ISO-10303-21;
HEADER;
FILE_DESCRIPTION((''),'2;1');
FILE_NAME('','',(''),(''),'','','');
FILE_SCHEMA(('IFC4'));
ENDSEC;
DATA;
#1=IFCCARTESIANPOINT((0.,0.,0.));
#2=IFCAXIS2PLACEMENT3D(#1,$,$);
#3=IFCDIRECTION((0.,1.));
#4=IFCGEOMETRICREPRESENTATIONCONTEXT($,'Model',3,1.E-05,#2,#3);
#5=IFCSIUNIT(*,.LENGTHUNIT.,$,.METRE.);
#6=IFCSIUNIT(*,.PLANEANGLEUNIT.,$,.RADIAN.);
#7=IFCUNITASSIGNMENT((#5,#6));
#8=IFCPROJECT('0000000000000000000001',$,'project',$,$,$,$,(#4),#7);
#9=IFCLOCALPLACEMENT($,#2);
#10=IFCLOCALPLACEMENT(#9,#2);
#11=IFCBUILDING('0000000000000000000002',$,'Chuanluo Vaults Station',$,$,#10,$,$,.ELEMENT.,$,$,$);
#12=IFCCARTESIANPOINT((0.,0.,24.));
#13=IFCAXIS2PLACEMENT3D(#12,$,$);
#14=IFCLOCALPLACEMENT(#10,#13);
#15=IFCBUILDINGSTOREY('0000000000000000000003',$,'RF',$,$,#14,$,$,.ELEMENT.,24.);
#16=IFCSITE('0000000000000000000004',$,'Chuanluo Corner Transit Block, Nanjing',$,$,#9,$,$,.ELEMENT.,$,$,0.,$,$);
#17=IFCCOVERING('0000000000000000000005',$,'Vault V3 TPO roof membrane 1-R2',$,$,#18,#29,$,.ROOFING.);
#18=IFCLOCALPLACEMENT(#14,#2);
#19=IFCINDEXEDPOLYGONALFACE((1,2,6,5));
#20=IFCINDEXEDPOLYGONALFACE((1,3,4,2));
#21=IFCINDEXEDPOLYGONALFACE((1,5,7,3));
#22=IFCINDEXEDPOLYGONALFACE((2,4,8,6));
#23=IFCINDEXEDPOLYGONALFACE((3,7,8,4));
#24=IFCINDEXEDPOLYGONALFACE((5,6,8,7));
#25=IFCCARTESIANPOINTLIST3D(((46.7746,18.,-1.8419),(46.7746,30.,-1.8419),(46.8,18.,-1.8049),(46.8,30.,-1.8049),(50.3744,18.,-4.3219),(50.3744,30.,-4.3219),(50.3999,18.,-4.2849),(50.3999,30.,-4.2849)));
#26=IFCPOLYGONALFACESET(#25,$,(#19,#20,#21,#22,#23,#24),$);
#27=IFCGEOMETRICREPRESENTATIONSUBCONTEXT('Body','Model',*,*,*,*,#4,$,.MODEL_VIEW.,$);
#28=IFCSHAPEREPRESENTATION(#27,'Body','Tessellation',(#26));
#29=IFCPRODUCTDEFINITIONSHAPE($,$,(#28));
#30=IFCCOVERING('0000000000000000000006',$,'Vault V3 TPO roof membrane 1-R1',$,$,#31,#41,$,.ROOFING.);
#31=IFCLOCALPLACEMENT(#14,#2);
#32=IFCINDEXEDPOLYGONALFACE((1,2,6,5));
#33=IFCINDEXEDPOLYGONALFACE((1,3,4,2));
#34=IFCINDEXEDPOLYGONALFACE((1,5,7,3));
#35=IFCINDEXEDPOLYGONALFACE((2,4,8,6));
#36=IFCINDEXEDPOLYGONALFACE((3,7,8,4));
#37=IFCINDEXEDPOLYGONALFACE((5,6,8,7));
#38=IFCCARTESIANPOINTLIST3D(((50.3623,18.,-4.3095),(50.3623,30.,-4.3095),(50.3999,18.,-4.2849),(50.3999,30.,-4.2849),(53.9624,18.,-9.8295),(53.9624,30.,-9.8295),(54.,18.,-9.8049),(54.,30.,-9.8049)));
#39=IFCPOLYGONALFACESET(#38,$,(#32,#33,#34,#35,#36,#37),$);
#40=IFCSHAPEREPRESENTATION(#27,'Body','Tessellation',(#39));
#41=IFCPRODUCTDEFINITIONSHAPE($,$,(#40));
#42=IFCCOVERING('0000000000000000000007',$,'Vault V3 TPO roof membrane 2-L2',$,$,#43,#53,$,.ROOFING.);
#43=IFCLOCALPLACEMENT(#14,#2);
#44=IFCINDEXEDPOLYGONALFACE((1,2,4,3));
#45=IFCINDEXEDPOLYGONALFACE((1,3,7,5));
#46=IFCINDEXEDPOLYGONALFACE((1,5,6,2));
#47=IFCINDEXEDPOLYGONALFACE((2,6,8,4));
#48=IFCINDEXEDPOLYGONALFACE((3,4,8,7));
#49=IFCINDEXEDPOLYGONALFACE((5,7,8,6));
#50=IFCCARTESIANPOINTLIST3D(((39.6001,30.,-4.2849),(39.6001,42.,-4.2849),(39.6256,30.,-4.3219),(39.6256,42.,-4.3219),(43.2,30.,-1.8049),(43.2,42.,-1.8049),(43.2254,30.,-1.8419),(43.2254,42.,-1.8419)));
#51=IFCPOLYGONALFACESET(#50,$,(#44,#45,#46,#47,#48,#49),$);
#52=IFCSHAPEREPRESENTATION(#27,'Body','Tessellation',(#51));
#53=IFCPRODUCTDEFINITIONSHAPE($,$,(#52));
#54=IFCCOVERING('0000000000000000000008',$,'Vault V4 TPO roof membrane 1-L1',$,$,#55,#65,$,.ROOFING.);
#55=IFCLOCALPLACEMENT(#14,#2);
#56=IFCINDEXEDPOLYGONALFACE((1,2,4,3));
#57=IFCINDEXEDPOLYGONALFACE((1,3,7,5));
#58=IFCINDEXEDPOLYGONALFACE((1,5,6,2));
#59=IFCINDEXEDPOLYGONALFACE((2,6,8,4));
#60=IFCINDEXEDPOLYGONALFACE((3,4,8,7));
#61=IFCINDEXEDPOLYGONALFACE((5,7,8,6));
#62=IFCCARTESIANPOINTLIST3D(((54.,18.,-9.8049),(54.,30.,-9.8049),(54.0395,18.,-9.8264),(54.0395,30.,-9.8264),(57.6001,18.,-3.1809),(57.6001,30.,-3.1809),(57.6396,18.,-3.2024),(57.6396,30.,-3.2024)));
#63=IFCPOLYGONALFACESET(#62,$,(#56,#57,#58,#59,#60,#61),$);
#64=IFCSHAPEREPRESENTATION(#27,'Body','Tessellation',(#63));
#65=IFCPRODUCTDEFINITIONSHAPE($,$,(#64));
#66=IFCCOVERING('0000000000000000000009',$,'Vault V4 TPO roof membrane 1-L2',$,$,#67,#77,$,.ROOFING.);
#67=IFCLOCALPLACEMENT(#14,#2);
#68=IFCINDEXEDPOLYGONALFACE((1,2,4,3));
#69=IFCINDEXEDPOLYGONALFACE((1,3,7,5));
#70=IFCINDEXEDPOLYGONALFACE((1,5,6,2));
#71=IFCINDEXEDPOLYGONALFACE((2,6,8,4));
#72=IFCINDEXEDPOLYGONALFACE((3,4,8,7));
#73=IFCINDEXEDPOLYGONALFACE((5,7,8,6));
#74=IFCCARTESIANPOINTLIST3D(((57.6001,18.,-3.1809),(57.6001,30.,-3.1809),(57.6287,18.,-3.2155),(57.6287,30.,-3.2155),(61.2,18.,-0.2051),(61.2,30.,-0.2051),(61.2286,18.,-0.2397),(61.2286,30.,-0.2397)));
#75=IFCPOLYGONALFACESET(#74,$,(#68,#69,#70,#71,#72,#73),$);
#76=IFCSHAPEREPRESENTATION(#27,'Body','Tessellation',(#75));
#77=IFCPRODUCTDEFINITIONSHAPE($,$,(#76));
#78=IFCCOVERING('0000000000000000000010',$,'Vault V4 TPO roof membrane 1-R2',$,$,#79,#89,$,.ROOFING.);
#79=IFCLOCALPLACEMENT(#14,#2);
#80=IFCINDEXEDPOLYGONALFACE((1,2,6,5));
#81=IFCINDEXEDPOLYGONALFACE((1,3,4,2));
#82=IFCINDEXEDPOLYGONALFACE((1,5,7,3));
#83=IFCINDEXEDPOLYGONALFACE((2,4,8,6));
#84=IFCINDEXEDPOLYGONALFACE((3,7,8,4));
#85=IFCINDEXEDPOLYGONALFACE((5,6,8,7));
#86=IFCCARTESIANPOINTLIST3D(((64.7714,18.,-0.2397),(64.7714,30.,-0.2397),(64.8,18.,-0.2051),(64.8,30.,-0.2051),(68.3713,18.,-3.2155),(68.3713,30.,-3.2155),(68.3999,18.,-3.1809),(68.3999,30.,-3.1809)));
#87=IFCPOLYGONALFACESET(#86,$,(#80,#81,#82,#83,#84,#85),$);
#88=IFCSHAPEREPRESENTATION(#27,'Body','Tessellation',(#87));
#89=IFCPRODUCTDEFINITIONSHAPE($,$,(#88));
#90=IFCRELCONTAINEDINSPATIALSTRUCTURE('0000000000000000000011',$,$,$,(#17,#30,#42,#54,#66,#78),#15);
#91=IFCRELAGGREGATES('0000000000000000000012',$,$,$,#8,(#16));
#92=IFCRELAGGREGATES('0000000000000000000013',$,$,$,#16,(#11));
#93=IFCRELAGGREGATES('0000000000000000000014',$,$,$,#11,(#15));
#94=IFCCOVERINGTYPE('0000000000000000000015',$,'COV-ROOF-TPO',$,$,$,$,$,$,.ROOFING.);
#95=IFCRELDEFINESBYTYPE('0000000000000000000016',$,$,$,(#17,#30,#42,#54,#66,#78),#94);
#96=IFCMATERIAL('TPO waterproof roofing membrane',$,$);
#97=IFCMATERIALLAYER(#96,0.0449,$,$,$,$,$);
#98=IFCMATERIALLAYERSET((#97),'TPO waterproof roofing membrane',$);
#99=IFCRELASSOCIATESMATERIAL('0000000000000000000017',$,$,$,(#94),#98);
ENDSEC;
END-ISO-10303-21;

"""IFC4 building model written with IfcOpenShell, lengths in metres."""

from ifc_helpers import new_model, si_unit, direction, frame, origin, place, context, subcontext, project, spatial, polyline, outline, extrude, material, layer, layer_set, type_object, element, save


model = new_model("IFC4")

# Units and contexts
model_context = context("Model", 3, precision=1e-05, world=origin(), true_north=direction((0.0, 1.0)))
body_context = subcontext(model_context, "Body", "Model", "MODEL_VIEW")
ifc_project = project(units=[si_unit("LENGTHUNIT", "METRE"), si_unit("PLANEANGLEUNIT", "RADIAN")], contexts=[model_context])

# Site, building, storey
site_placement = place(None, origin())
site = spatial("IfcSite", under=ifc_project, at=site_placement, Name="Chuanluo Corner Transit Block, Nanjing", CompositionType="ELEMENT", RefElevation=0.0)
building_placement = place(site_placement, origin())
building = spatial("IfcBuilding", under=site, at=building_placement, Name="Chuanluo Vaults Station", CompositionType="ELEMENT")
storey_placement = place(building_placement, frame((0.0, 0.0, 24.0)))
storey = spatial("IfcBuildingStorey", under=building, at=storey_placement, Name="RF", CompositionType="ELEMENT", Elevation=24.0)

# Coverings
ifc_material_1 = material(Name="TPO waterproof roofing membrane")
ifc_layer_1 = layer(ifc_material_1, 0.0449)
ifc_layer_set_1 = layer_set([ifc_layer_1], Name="TPO waterproof roofing membrane")
covering_type_1 = type_object("IfcCoveringType", Name="COV-ROOF-TPO", PredefinedType="ROOFING", material=ifc_layer_set_1)
for number, where, z_axis, x_axis, name in (
    (1, (46.8, 18.0, -1.8049), (0.567318, 0.0, 0.823499), (0.823499, 0.0, -0.567318), "Vault V3 TPO roof membrane 1-R2"),
):
    element("IfcCovering", number, at=place(storey_placement, frame(where, z_axis=z_axis, x_axis=x_axis)), inside=storey, type_object=covering_type_1, Name=name, PredefinedType="ROOFING", context=body_context, shape_type="SweptSolid", body=[
        extrude(outline(polyline([(0.0, 0.0), (4.3714, 0.0), (4.3714, 12.0), (0.0, 12.0), (0.0, 0.0)])), origin(), (0.0, 0.0, -1.0), 0.0449),
    ])
covering_1_placement = place(storey_placement, frame((50.3999, 18.0, -4.2849), z_axis=(0.837605, 0.0, 0.546277), x_axis=(0.546277, 0.0, -0.837605)))
element("IfcCovering", 2, at=covering_1_placement, inside=storey, type_object=covering_type_1, Name="Vault V3 TPO roof membrane 1-R1", PredefinedType="ROOFING", context=body_context, shape_type="SweptSolid", body=[
    extrude(outline(polyline([(0.0, 0.0), (6.5902, 0.0), (6.5902, 12.0), (0.0, 12.0), (0.0, 0.0)])), origin(), (0.0, 0.0, -1.0), 0.0449),
])
covering_2_placement = place(storey_placement, frame((39.6001, 30.0, -4.2849), z_axis=(-0.567318, 0.0, 0.823499), x_axis=(0.823499, 0.0, 0.567318)))
element("IfcCovering", 3, at=covering_2_placement, inside=storey, type_object=covering_type_1, Name="Vault V3 TPO roof membrane 2-L2", PredefinedType="ROOFING", context=body_context, shape_type="SweptSolid", body=[
    extrude(outline(polyline([(0.0, 0.0), (4.3714, 0.0), (4.3714, 12.0), (0.0, 12.0), (0.0, 0.0)])), origin(), (0.0, 0.0, -1.0), 0.0449),
])
covering_3_placement = place(storey_placement, frame((54.0, 18.0, -9.8049), z_axis=(-0.87862, 0.0, 0.477522), x_axis=(0.477522, 0.0, 0.87862)))
element("IfcCovering", 4, at=covering_3_placement, inside=storey, type_object=covering_type_1, Name="Vault V4 TPO roof membrane 1-L1", PredefinedType="ROOFING", context=body_context, shape_type="SweptSolid", body=[
    extrude(outline(polyline([(0.0, 0.0), (7.5391, 0.0), (7.5391, 12.0), (0.0, 12.0), (0.0, 0.0)])), origin(), (0.0, 0.0, -1.0), 0.0449),
])
for number, where, z_axis, x_axis, name in (
    (5, (57.6001, 18.0, -3.1809), (-0.637141, 0.0, 0.770747), (0.770747, 0.0, 0.637141), "Vault V4 TPO roof membrane 1-L2"),
    (6, (64.8, 18.0, -0.2051), (0.637141, 0.0, 0.770747), (0.770747, 0.0, -0.637141), "Vault V4 TPO roof membrane 1-R2"),
):
    element("IfcCovering", number, at=place(storey_placement, frame(where, z_axis=z_axis, x_axis=x_axis)), inside=storey, type_object=covering_type_1, Name=name, PredefinedType="ROOFING", context=body_context, shape_type="SweptSolid", body=[
        extrude(outline(polyline([(0.0, 0.0), (4.6706, 0.0), (4.6706, 12.0), (0.0, 12.0), (0.0, 0.0)])), origin(), (0.0, 0.0, -1.0), 0.0449),
    ])

save(model, "model.ifc")
